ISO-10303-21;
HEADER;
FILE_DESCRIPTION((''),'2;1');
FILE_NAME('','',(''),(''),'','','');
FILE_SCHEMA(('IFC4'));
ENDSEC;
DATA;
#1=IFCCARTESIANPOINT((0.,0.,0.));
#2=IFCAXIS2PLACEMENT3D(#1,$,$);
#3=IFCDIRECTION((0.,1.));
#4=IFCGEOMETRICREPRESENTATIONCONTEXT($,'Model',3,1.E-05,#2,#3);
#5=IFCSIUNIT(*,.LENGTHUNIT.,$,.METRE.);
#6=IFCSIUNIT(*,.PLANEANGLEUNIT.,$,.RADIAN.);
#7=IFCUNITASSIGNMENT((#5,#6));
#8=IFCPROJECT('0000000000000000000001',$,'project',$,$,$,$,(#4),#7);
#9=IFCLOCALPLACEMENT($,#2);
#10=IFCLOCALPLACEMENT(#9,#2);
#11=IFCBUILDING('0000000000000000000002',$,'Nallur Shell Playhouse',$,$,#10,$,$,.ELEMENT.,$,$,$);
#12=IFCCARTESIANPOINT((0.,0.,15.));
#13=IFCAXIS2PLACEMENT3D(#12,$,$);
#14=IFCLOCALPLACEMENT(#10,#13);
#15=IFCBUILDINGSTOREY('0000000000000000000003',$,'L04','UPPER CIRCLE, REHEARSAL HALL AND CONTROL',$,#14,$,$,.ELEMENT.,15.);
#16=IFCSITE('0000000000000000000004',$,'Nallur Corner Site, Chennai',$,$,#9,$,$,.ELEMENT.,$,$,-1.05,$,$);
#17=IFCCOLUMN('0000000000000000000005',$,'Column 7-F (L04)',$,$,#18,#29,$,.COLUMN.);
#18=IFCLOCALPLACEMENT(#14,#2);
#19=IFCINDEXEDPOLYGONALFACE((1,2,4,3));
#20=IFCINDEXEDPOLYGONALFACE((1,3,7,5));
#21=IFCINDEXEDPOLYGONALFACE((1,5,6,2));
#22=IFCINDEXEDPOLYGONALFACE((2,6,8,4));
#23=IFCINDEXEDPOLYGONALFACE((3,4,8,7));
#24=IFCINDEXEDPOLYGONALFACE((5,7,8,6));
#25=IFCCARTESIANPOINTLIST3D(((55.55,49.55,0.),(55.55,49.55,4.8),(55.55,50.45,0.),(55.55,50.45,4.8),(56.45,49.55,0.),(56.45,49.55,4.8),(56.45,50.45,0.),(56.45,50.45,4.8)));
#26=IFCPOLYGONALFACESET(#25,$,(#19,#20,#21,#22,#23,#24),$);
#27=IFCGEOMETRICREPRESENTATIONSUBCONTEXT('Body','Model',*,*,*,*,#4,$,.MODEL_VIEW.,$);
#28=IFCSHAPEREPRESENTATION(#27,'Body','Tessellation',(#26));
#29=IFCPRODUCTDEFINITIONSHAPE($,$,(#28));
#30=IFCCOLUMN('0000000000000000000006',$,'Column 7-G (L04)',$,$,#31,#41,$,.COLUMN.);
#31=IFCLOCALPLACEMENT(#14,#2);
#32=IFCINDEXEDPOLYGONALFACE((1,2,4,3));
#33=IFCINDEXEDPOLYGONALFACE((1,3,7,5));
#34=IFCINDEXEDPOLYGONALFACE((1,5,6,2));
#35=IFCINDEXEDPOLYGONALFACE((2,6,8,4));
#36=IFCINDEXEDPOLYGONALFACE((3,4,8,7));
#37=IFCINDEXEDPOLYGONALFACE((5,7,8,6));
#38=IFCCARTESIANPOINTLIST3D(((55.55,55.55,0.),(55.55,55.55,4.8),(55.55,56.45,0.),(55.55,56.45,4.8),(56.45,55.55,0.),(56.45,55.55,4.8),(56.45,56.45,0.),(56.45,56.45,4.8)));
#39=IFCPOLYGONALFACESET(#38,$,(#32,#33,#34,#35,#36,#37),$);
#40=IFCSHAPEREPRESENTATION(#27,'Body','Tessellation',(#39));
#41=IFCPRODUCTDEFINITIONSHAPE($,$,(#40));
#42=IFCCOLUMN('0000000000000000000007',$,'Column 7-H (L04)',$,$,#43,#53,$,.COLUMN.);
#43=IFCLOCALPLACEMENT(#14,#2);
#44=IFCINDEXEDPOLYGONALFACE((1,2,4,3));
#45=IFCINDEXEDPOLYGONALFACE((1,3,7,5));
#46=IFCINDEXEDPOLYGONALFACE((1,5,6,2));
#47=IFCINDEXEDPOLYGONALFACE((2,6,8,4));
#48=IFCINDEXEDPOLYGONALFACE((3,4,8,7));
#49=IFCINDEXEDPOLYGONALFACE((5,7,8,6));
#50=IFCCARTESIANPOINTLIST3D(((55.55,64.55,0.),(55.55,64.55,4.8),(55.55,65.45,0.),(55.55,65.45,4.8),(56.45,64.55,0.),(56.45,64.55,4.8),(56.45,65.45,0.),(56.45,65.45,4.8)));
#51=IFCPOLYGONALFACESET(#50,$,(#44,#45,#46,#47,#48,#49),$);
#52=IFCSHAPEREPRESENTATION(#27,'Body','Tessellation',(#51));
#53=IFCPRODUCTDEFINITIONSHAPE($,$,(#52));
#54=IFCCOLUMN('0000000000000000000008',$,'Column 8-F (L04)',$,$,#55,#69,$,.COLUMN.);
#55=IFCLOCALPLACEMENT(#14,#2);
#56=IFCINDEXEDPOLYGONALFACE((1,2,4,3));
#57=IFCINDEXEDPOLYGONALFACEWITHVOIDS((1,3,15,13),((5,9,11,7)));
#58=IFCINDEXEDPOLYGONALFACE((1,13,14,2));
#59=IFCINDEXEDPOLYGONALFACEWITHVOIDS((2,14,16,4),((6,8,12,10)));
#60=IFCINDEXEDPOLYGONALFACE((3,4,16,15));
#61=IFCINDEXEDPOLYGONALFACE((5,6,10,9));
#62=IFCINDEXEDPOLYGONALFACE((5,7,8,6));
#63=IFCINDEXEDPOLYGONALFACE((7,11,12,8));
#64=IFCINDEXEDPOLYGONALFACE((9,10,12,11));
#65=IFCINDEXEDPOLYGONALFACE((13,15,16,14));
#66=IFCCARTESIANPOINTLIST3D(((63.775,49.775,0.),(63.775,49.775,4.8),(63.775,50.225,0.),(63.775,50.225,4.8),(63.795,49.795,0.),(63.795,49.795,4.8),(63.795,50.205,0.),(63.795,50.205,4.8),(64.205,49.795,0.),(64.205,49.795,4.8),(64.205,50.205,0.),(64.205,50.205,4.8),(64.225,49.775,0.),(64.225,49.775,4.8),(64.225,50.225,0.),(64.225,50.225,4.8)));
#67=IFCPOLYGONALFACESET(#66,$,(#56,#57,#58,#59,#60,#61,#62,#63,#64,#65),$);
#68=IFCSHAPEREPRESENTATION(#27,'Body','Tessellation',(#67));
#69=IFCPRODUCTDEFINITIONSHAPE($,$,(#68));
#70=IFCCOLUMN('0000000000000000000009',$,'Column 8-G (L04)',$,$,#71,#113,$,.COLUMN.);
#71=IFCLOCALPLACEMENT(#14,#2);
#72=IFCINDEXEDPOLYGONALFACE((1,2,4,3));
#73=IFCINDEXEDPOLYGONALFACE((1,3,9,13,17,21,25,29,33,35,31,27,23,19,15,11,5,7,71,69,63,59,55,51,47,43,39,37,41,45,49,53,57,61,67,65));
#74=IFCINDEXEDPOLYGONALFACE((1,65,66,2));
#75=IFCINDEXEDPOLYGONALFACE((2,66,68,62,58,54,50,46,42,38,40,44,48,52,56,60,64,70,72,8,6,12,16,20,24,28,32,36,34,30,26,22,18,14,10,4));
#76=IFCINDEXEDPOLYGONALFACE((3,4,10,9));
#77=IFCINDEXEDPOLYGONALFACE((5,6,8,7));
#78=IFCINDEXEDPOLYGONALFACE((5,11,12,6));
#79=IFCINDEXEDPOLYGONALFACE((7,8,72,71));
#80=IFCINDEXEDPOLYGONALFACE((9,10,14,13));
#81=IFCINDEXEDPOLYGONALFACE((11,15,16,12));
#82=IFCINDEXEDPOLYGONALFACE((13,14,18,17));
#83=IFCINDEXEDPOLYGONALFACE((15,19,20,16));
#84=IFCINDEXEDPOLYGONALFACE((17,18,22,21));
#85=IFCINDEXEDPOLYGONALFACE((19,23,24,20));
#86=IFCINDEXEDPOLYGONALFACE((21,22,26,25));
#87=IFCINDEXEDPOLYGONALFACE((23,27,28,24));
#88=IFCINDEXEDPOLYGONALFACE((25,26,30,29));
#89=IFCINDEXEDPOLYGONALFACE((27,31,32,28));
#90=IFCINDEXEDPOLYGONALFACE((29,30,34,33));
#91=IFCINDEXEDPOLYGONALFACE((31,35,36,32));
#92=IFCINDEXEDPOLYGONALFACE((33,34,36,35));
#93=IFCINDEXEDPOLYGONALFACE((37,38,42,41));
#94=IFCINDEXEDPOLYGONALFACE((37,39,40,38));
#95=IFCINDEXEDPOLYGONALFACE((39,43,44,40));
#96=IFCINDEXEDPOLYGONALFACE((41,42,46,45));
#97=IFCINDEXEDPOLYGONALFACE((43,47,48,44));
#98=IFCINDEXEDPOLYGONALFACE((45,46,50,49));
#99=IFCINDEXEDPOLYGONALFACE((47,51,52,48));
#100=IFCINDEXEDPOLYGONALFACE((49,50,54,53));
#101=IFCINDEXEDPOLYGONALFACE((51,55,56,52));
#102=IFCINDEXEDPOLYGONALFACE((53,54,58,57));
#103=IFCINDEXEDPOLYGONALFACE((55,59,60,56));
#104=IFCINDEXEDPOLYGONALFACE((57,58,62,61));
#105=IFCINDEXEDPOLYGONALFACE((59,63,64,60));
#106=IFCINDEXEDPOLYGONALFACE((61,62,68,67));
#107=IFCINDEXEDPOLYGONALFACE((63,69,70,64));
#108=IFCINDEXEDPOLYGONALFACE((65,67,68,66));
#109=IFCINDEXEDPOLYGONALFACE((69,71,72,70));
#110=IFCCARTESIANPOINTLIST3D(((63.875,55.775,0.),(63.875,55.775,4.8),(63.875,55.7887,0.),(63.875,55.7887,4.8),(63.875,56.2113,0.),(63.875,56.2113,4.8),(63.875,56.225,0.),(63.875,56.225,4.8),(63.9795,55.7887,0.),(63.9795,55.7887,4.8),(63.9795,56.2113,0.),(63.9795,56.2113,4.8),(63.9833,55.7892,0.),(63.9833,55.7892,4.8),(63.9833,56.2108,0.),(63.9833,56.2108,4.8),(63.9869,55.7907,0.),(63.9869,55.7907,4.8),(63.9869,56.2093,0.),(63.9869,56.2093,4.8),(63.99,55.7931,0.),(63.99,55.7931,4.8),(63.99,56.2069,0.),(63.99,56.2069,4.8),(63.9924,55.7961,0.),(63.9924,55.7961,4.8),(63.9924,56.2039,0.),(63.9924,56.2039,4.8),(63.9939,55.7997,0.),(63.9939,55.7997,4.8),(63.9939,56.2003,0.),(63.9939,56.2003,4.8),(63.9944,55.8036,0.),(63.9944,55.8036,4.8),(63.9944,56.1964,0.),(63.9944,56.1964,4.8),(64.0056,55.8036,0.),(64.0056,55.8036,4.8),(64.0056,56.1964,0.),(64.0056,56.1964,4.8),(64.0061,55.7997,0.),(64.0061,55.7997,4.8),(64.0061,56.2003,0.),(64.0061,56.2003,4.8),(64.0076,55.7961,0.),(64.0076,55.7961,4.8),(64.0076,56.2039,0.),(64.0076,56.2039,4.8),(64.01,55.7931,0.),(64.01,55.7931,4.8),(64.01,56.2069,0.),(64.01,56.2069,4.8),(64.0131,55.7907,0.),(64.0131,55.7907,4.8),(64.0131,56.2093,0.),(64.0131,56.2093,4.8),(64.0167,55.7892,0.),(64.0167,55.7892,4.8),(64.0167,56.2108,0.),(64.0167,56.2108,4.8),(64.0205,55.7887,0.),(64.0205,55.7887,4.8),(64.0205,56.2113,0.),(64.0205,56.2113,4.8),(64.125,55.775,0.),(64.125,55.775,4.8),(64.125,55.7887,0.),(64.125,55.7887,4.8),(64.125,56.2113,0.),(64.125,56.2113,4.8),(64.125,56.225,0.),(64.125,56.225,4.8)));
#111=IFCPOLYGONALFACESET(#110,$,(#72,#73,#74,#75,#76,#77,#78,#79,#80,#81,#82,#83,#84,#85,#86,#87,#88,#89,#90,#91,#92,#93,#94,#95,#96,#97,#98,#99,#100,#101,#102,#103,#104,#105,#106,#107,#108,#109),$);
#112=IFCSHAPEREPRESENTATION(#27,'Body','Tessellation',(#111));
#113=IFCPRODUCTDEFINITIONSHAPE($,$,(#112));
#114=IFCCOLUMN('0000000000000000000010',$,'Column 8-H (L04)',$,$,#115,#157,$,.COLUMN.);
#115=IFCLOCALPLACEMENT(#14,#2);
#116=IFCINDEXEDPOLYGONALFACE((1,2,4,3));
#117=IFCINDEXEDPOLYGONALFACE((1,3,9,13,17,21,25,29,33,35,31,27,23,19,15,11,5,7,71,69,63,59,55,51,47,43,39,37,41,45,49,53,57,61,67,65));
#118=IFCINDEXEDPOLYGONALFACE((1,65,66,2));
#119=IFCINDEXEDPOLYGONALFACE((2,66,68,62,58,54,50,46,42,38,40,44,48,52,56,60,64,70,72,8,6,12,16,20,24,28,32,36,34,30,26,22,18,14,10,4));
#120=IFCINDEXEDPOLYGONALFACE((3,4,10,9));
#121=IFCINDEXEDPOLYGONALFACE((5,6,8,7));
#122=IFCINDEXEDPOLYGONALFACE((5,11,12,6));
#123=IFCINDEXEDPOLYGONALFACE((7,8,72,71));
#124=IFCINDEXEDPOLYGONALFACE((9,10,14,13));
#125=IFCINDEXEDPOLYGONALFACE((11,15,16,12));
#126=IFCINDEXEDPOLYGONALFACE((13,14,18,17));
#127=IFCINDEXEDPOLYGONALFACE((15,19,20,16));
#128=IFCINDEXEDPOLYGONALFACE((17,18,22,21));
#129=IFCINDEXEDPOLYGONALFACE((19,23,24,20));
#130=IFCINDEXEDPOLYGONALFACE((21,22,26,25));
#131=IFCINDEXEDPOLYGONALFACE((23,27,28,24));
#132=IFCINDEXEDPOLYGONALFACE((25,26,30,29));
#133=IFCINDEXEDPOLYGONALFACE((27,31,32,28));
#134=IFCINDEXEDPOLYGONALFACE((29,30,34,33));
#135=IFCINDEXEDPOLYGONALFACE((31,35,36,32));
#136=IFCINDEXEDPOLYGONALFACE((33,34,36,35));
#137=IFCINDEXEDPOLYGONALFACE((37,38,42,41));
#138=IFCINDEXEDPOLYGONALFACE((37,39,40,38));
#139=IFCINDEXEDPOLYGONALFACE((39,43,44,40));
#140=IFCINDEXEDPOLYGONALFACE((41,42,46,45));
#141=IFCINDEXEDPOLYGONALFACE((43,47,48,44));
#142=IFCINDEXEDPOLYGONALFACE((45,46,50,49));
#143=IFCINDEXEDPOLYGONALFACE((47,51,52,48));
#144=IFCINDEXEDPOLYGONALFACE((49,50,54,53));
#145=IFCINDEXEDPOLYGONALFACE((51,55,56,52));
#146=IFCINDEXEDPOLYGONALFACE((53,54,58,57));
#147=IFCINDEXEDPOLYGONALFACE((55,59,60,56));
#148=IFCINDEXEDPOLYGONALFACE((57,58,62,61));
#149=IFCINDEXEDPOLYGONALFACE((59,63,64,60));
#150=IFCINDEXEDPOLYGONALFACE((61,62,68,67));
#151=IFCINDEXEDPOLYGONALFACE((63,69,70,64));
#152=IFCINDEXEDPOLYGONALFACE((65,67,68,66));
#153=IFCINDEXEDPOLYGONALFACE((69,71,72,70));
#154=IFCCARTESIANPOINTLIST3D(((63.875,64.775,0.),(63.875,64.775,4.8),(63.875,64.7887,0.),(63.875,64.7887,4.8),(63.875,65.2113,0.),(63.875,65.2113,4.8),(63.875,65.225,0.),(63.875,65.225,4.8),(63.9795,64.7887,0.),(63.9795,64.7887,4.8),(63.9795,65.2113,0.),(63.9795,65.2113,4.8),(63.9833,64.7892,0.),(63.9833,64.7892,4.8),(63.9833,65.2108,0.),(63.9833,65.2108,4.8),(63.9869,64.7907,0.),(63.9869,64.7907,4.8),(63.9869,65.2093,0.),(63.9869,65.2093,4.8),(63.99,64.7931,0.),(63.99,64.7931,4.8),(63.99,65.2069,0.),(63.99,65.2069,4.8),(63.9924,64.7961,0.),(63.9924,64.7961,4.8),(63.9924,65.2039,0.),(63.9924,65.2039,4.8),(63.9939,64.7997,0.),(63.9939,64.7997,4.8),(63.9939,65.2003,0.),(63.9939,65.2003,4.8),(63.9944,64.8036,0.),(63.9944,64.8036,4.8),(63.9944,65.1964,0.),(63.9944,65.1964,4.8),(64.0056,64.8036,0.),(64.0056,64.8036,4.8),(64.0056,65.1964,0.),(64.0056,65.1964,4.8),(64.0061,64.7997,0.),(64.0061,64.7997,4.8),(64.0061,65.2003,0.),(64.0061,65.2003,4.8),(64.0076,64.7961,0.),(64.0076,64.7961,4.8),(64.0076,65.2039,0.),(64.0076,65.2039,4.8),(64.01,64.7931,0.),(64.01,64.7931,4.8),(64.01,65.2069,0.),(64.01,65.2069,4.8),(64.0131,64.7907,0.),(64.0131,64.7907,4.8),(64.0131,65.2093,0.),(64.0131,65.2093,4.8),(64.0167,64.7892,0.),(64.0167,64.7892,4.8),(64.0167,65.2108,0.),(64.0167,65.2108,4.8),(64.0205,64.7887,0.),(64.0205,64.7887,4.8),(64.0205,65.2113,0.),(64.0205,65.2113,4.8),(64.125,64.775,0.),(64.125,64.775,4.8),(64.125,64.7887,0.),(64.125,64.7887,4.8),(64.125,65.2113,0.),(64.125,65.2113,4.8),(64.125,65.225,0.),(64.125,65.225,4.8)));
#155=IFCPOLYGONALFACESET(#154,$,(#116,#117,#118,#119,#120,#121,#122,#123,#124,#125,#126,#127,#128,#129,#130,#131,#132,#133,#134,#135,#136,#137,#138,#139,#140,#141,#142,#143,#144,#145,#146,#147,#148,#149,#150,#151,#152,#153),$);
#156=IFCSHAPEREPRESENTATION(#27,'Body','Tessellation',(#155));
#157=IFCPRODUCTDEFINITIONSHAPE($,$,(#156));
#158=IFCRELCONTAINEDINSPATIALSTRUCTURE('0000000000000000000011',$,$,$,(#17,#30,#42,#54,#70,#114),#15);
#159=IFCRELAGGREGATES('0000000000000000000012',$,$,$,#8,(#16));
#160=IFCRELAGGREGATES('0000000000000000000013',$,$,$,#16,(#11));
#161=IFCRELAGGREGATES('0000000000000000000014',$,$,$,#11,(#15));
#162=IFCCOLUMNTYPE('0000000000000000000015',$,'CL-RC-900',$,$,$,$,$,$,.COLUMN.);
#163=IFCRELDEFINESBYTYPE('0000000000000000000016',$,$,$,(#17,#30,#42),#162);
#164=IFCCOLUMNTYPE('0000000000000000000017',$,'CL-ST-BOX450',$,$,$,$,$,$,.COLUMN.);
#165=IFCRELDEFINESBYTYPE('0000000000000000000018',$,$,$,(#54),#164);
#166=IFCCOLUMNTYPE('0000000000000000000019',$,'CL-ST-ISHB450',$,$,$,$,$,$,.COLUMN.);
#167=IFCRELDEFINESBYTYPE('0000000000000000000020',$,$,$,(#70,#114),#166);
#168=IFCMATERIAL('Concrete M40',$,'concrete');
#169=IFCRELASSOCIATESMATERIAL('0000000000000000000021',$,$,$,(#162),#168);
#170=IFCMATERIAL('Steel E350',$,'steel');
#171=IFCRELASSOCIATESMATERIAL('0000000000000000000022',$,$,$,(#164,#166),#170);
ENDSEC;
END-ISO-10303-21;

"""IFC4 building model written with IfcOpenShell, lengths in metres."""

from ifc_helpers import new_model, si_unit, direction, frame, origin, origin_2d, place, context, subcontext, project, spatial, rectangle, hollow_rectangle, i_section, extrude, material, material_profile, profile_set, type_object, element, save


model = new_model("IFC4")

# Units and contexts
model_context = context("Model", 3, precision=1e-05, world=origin(), true_north=direction((0.0, 1.0)))
body_context = subcontext(model_context, "Body", "Model", "MODEL_VIEW")
ifc_project = project(units=[si_unit("LENGTHUNIT", "METRE"), si_unit("PLANEANGLEUNIT", "RADIAN")], contexts=[model_context])

# Site, building, storey
site_placement = place(None, origin())
site = spatial("IfcSite", under=ifc_project, at=site_placement, Name="Nallur Corner Site, Chennai", CompositionType="ELEMENT", RefElevation=-1.05)
building_placement = place(site_placement, origin())
building = spatial("IfcBuilding", under=site, at=building_placement, Name="Nallur Shell Playhouse", CompositionType="ELEMENT")
storey_placement = place(building_placement, frame((0.0, 0.0, 15.0)))
storey = spatial("IfcBuildingStorey", under=building, at=storey_placement, Name="L04", Description="UPPER CIRCLE, REHEARSAL HALL AND CONTROL", CompositionType="ELEMENT", Elevation=15.0)

# Columns
ifc_material_1 = material(Name="Concrete M40", Category="concrete")
ifc_material_profile_1 = material_profile(ifc_material_1, rectangle(XDim=0.8999, YDim=0.8999, at=origin_2d()), Name="RC 900x900")
ifc_profile_set_1 = profile_set([ifc_material_profile_1], Name="Concrete M40")
column_type_1 = type_object("IfcColumnType", Name="CL-RC-900", PredefinedType="COLUMN", material=ifc_profile_set_1)
for number, where, z_axis, x_axis, name in (
    (1, (56.0, 50.0, 0.0), (0.0, 0.0, 1.0), (1.0, 0.0, 0.0), "Column 7-F (L04)"),
    (2, (56.0, 56.0, 0.0), (0.0, 0.0, 1.0), (1.0, 0.0, 0.0), "Column 7-G (L04)"),
    (3, (56.0, 65.0, 0.0), (0.0, 0.0, 1.0), (1.0, 0.0, 0.0), "Column 7-H (L04)"),
):
    element("IfcColumn", number, at=place(storey_placement, frame(where, z_axis=z_axis, x_axis=x_axis)), inside=storey, type_object=column_type_1, Name=name, PredefinedType="COLUMN", context=body_context, shape_type="SweptSolid", body=[
        extrude(rectangle(XDim=0.8999, YDim=0.8999, at=origin_2d()), origin(), (0.0, 0.0, 1.0), 4.8),
    ])
ifc_material_2 = material(Name="Steel E350", Category="steel")
ifc_material_profile_2 = material_profile(ifc_material_2, hollow_rectangle(XDim=0.45, YDim=0.45, WallThickness=0.02, at=origin_2d()), Name="BOX 450x450x20")
ifc_profile_set_2 = profile_set([ifc_material_profile_2], Name="Steel E350")
column_type_2 = type_object("IfcColumnType", Name="CL-ST-BOX450", PredefinedType="COLUMN", material=ifc_profile_set_2)
column_placement = place(storey_placement, frame((64.0, 50.0, 0.0), z_axis=(0.0, 0.0, 1.0), x_axis=(1.0, 0.0, 0.0)))
element("IfcColumn", 4, at=column_placement, inside=storey, type_object=column_type_2, Name="Column 8-F (L04)", PredefinedType="COLUMN", context=body_context, shape_type="SweptSolid", body=[
    extrude(hollow_rectangle(XDim=0.45, YDim=0.45, WallThickness=0.02, at=origin_2d()), origin(), (0.0, 0.0, 1.0), 4.8),
])
ifc_material_profile_3 = material_profile(ifc_material_2, i_section(OverallWidth=0.25, OverallDepth=0.45, WebThickness=0.0112, FlangeThickness=0.0137, FilletRadius=0.0149, at=origin_2d()), Name="ISHB 450")
ifc_profile_set_3 = profile_set([ifc_material_profile_3], Name="Steel E350")
column_type_3 = type_object("IfcColumnType", Name="CL-ST-ISHB450", PredefinedType="COLUMN", material=ifc_profile_set_3)
for number, where, z_axis, x_axis, name in (
    (5, (64.0, 56.0, 0.0), (0.0, 0.0, 1.0), (1.0, 0.0, 0.0), "Column 8-G (L04)"),
    (6, (64.0, 65.0, 0.0), (0.0, 0.0, 1.0), (1.0, 0.0, 0.0), "Column 8-H (L04)"),
):
    element("IfcColumn", number, at=place(storey_placement, frame(where, z_axis=z_axis, x_axis=x_axis)), inside=storey, type_object=column_type_3, Name=name, PredefinedType="COLUMN", context=body_context, shape_type="SweptSolid", body=[
        extrude(i_section(OverallWidth=0.25, OverallDepth=0.45, WebThickness=0.0112, FlangeThickness=0.0137, FilletRadius=0.0149, at=origin_2d()), origin(), (0.0, 0.0, 1.0), 4.8),
    ])

save(model, "model.ifc")
